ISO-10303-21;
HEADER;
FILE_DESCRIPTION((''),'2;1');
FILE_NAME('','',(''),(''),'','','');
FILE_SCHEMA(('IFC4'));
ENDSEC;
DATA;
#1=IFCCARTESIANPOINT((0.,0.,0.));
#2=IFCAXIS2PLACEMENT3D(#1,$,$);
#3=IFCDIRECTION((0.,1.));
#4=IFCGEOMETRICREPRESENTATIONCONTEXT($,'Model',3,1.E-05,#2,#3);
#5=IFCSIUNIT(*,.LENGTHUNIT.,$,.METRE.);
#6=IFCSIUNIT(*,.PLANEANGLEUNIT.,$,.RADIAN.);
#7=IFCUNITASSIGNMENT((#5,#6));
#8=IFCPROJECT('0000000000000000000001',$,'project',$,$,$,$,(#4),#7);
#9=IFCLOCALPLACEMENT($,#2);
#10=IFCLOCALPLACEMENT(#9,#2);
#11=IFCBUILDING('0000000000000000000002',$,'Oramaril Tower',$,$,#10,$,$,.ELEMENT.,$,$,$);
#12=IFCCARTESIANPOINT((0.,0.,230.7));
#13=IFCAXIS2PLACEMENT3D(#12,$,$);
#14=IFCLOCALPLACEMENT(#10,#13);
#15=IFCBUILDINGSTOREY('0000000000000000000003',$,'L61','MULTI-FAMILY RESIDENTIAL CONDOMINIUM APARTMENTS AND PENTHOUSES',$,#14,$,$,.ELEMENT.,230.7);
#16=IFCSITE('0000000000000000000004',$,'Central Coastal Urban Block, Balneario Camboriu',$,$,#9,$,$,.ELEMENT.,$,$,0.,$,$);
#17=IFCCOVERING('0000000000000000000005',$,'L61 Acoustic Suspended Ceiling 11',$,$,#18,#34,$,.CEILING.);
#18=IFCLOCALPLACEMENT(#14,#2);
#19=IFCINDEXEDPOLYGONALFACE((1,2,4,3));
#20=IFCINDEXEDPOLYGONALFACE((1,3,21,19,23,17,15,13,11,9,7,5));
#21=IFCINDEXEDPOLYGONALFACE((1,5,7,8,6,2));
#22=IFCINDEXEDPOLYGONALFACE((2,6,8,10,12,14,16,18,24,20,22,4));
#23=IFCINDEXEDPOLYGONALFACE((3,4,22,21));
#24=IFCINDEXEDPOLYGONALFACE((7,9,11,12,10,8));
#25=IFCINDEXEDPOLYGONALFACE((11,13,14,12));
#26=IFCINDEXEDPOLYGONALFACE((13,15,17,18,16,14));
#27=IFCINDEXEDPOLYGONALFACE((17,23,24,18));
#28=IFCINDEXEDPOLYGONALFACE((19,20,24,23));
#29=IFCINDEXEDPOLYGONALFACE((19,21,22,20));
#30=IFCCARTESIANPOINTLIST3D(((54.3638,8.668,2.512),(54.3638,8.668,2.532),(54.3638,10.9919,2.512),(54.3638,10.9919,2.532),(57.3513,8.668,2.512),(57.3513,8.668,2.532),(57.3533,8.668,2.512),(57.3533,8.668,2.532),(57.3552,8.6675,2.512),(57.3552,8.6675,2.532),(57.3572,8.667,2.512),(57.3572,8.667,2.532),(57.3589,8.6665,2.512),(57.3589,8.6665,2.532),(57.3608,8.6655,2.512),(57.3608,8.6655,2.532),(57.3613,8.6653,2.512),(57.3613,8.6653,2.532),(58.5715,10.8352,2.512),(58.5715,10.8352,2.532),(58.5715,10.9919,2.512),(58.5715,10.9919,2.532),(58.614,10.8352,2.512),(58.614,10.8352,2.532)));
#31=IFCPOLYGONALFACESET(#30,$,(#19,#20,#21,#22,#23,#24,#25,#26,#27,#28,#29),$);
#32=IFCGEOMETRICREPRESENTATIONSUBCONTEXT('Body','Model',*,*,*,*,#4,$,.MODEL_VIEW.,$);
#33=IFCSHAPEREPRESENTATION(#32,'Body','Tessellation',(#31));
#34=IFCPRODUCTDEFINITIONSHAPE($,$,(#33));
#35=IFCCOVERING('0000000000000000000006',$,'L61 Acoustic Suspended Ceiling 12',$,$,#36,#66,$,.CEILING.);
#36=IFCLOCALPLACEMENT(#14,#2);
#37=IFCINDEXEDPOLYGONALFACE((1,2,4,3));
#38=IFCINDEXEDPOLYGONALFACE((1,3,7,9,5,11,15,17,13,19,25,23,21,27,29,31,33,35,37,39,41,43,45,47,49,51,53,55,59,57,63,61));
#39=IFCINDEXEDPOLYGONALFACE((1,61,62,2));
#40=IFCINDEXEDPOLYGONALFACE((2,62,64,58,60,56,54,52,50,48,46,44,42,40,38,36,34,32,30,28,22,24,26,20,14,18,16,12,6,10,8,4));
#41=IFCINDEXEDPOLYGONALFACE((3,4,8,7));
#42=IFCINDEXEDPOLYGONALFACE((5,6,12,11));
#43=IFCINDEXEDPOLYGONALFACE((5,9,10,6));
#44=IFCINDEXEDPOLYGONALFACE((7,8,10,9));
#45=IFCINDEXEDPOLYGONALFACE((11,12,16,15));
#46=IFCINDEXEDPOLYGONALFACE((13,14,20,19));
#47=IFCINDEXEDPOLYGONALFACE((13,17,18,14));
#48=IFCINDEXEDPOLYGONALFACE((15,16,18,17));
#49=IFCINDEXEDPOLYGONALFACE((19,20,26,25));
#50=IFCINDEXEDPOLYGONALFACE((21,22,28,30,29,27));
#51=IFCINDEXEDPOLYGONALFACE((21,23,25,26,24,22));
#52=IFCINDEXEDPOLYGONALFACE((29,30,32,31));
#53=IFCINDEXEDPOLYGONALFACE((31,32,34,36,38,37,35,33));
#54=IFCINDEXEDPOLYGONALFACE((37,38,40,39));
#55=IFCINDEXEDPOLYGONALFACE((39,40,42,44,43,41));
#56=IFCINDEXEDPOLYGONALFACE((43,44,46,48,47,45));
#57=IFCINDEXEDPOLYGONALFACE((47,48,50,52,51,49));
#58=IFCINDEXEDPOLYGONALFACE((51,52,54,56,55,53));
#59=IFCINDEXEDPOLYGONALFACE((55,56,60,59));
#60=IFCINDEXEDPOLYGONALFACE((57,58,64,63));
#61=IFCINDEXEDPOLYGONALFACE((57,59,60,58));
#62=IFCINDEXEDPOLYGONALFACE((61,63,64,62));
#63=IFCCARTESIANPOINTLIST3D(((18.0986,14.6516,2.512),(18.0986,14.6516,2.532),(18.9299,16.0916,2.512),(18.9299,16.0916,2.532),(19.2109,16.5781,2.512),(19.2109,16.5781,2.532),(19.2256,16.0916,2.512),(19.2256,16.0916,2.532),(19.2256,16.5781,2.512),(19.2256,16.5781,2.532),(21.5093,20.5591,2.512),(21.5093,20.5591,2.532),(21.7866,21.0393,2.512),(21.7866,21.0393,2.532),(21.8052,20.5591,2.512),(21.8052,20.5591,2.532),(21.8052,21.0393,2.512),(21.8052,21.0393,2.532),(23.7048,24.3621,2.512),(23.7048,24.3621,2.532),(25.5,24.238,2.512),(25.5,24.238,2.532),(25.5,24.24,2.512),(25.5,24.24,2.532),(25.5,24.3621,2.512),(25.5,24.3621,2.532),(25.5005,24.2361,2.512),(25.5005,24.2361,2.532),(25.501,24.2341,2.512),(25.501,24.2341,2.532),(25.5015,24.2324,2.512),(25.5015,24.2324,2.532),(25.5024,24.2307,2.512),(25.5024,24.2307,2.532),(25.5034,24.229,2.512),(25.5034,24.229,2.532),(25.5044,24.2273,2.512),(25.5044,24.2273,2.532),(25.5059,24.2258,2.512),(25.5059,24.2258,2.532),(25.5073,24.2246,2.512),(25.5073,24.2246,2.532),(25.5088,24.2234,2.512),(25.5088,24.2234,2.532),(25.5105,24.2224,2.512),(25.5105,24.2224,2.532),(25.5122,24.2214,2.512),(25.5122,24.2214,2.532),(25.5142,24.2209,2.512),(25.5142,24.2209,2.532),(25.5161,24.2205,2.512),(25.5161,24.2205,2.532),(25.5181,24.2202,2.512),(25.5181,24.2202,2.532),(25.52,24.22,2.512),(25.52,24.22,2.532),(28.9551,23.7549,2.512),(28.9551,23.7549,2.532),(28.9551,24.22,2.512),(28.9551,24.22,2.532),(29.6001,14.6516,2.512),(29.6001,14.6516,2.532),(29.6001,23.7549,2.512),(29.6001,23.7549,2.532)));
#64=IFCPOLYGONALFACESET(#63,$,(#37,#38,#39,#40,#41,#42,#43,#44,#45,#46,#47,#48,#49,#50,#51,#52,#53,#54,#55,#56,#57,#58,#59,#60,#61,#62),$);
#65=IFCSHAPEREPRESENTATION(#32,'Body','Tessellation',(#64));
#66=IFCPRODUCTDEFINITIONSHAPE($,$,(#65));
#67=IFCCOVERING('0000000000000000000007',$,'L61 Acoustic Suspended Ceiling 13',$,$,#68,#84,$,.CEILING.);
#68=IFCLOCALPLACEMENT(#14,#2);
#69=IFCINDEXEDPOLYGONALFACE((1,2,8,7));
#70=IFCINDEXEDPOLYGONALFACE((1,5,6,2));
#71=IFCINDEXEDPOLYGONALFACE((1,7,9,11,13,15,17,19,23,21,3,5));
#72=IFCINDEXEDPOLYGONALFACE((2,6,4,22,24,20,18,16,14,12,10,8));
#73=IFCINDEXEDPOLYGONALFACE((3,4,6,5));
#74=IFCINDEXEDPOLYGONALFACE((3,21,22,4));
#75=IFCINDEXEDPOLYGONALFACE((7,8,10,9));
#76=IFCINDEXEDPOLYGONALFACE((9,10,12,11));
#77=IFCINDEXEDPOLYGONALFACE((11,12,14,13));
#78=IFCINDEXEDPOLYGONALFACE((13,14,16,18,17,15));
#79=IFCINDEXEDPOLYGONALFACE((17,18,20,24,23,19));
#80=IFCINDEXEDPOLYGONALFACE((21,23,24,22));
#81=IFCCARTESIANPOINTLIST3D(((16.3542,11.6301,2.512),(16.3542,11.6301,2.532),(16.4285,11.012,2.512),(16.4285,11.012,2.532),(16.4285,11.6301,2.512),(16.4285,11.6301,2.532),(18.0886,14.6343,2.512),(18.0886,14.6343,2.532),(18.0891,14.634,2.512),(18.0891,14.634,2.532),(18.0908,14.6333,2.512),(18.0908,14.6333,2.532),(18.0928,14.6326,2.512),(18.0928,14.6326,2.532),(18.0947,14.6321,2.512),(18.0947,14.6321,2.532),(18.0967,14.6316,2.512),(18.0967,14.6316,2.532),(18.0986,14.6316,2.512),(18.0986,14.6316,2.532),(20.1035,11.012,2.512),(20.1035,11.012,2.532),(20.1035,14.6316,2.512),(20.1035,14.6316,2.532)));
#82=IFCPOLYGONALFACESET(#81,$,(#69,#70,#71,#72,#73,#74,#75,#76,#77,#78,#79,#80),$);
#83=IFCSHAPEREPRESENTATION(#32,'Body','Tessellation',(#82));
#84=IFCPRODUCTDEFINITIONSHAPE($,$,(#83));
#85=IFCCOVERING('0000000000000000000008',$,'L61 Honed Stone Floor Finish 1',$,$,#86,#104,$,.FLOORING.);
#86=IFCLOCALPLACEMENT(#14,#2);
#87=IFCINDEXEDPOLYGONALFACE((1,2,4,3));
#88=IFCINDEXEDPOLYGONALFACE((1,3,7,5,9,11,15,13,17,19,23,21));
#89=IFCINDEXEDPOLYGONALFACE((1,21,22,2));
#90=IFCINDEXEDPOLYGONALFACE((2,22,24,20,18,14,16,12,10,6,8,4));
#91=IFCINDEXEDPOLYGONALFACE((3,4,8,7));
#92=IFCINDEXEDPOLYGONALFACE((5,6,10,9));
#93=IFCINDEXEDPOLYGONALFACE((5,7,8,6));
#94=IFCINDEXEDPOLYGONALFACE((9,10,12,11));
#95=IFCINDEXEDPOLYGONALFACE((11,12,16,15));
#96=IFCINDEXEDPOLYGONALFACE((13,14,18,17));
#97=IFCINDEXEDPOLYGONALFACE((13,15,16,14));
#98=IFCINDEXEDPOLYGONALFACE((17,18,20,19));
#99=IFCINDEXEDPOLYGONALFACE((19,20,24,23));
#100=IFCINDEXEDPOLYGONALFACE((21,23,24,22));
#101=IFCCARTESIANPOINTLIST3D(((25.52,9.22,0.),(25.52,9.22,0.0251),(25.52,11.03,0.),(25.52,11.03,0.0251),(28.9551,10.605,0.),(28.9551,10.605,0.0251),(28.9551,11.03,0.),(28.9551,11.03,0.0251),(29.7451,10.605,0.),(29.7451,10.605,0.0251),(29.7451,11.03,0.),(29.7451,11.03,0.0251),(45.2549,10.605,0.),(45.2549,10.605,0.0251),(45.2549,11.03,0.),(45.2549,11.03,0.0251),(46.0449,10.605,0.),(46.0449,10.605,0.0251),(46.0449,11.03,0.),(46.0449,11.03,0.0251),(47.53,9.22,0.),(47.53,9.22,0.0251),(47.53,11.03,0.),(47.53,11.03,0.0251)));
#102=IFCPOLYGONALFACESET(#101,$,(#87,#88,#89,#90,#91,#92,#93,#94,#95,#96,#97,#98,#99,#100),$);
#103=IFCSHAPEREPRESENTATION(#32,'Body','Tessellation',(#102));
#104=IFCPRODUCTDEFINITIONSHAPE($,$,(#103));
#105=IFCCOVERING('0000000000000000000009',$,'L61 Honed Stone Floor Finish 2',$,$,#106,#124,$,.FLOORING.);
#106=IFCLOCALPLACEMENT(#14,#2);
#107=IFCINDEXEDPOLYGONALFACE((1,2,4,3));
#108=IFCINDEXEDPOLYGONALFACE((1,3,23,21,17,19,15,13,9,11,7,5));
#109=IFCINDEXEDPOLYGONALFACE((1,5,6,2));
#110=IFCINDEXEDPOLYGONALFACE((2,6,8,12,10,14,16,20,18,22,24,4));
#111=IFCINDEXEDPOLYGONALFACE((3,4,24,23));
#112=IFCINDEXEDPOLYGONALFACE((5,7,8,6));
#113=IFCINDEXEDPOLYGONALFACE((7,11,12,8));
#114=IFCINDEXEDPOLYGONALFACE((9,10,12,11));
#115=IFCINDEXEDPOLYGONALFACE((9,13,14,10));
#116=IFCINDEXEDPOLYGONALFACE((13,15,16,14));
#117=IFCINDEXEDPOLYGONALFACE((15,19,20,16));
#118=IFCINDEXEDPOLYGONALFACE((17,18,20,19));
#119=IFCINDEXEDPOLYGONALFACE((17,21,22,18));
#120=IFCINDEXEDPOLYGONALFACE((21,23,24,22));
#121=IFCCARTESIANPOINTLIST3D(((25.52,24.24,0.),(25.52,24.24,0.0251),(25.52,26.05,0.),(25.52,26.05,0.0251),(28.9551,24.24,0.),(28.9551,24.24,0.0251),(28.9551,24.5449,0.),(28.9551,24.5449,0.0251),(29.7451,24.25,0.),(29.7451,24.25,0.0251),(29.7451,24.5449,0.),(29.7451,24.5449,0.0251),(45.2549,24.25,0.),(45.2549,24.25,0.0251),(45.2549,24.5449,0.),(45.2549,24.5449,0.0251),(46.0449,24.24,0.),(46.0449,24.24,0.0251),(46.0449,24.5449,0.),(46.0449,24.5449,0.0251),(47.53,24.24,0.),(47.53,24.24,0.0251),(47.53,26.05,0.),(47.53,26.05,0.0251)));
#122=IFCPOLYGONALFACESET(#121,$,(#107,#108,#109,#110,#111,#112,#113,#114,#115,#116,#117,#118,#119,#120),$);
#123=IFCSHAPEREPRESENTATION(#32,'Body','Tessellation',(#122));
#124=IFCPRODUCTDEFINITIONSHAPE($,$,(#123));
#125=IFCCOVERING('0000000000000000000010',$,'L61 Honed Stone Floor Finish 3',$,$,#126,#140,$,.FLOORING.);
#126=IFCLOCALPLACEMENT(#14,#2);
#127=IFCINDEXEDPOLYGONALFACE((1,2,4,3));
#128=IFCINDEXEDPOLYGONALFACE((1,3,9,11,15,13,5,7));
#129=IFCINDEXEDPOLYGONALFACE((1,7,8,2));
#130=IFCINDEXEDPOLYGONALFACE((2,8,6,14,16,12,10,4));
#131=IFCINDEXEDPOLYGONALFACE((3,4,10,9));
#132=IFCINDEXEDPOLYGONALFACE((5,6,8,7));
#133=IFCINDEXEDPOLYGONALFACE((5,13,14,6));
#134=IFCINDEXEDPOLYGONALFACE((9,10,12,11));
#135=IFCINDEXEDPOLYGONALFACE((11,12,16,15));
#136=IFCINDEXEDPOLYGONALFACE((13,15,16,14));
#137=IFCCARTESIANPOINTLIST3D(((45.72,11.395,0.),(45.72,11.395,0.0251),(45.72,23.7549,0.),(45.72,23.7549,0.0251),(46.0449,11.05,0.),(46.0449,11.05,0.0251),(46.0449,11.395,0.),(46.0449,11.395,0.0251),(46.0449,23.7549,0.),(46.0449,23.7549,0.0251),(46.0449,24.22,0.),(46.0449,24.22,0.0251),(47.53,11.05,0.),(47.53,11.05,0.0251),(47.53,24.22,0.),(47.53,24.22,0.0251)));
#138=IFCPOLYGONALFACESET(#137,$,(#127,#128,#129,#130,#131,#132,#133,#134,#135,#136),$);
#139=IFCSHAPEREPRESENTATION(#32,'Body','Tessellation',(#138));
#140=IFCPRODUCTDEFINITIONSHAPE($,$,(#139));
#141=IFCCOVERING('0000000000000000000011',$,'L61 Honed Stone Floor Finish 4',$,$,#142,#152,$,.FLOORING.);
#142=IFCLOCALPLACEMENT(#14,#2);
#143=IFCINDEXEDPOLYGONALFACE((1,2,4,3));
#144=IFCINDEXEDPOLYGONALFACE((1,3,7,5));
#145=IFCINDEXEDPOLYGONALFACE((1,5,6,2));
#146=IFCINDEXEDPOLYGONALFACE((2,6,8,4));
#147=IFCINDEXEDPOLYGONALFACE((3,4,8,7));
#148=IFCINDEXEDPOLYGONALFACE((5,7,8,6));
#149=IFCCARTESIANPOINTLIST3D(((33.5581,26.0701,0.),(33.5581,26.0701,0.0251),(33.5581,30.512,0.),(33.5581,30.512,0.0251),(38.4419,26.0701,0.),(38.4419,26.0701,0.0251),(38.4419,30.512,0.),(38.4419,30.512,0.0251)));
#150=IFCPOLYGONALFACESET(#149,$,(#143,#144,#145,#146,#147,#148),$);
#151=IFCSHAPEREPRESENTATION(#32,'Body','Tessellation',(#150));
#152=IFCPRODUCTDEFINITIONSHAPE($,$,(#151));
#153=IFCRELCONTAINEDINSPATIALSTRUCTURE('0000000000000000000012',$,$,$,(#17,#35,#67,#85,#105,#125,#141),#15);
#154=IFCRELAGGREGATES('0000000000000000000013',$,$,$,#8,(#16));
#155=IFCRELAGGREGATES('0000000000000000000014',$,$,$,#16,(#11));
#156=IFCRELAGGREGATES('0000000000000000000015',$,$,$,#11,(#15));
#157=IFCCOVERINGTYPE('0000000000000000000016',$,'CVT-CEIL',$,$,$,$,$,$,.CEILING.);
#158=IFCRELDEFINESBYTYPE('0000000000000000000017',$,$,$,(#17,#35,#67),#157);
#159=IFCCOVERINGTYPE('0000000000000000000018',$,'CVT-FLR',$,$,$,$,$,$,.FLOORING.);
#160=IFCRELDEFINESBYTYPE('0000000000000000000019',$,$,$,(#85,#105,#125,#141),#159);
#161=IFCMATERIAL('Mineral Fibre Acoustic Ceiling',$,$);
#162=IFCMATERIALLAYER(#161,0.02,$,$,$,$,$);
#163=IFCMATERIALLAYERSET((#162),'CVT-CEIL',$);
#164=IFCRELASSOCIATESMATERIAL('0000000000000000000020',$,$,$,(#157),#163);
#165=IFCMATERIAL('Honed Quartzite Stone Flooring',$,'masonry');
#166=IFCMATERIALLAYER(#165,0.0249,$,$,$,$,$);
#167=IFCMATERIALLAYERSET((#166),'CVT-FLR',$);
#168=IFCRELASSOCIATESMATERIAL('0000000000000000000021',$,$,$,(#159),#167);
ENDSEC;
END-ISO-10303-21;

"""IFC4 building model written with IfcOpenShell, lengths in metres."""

from ifc_helpers import new_model, si_unit, direction, frame, origin, place, context, subcontext, project, spatial, polyline, outline, extrude, material, layer, layer_set, type_object, element, save


model = new_model("IFC4")

# Units and contexts
model_context = context("Model", 3, precision=1e-05, world=origin(), true_north=direction((0.0, 1.0)))
body_context = subcontext(model_context, "Body", "Model", "MODEL_VIEW")
ifc_project = project(units=[si_unit("LENGTHUNIT", "METRE"), si_unit("PLANEANGLEUNIT", "RADIAN")], contexts=[model_context])

# Site, building, storey
site_placement = place(None, origin())
site = spatial("IfcSite", under=ifc_project, at=site_placement, Name="Central Coastal Urban Block, Balneario Camboriu", CompositionType="ELEMENT", RefElevation=0.0)
building_placement = place(site_placement, origin())
building = spatial("IfcBuilding", under=site, at=building_placement, Name="Oramaril Tower", CompositionType="ELEMENT")
storey_placement = place(building_placement, frame((0.0, 0.0, 230.7)))
storey = spatial("IfcBuildingStorey", under=building, at=storey_placement, Name="L61", Description="MULTI-FAMILY RESIDENTIAL CONDOMINIUM APARTMENTS AND PENTHOUSES", CompositionType="ELEMENT", Elevation=230.7)

# Coverings
ifc_material_1 = material(Name="Mineral Fibre Acoustic Ceiling")
ifc_layer_1 = layer(ifc_material_1, 0.02)
ifc_layer_set_1 = layer_set([ifc_layer_1], Name="CVT-CEIL")
covering_type_1 = type_object("IfcCoveringType", Name="CVT-CEIL", PredefinedType="CEILING", material=ifc_layer_set_1)
covering_1_placement = place(storey_placement, frame((0.0, 0.0, 2.512)))
element("IfcCovering", 1, at=covering_1_placement, inside=storey, type_object=covering_type_1, Name="L61 Acoustic Suspended Ceiling 11", PredefinedType="CEILING", context=body_context, shape_type="SweptSolid", body=[
    extrude(outline(polyline([(58.5715, 10.8352), (58.614, 10.8352), (57.3613, 8.6653), (57.3608, 8.6655), (57.3589, 8.6665), (57.3572, 8.667), (57.3552, 8.6675), (57.3533, 8.668), (57.3513, 8.668), (54.3638, 8.668), (54.3638, 10.9919), (58.5715, 10.9919), (58.5715, 10.8352)])), origin(), (0.0, 0.0, 1.0), 0.02),
])
covering_2_placement = place(storey_placement, frame((0.0, 0.0, 2.512)))
element("IfcCovering", 2, at=covering_2_placement, inside=storey, type_object=covering_type_1, Name="L61 Acoustic Suspended Ceiling 12", PredefinedType="CEILING", context=body_context, shape_type="SweptSolid", body=[
    extrude(outline(polyline([(28.9551, 23.7549), (29.6001, 23.7549), (29.6001, 14.6516), (18.0986, 14.6516), (18.9299, 16.0916), (19.2256, 16.0916), (19.2256, 16.5781), (19.2109, 16.5781), (21.5093, 20.5591), (21.8052, 20.5591), (21.8052, 21.0393), (21.7866, 21.0393), (23.7048, 24.3621), (25.5, 24.3621), (25.5, 24.24), (25.5, 24.238), (25.5005, 24.2361), (25.501, 24.2341), (25.5015, 24.2324), (25.5024, 24.2307), (25.5034, 24.229), (25.5044, 24.2273), (25.5059, 24.2258), (25.5073, 24.2246), (25.5088, 24.2234), (25.5105, 24.2224), (25.5122, 24.2214), (25.5142, 24.2209), (25.5161, 24.2205), (25.5181, 24.2202), (25.52, 24.22), (28.9551, 24.22), (28.9551, 23.7549)])), origin(), (0.0, 0.0, 1.0), 0.02),
])
covering_3_placement = place(storey_placement, frame((0.0, 0.0, 2.512)))
element("IfcCovering", 3, at=covering_3_placement, inside=storey, type_object=covering_type_1, Name="L61 Acoustic Suspended Ceiling 13", PredefinedType="CEILING", context=body_context, shape_type="SweptSolid", body=[
    extrude(outline(polyline([(16.4285, 11.6301), (16.3542, 11.6301), (18.0886, 14.6343), (18.0891, 14.634), (18.0908, 14.6333), (18.0928, 14.6326), (18.0947, 14.6321), (18.0967, 14.6316), (18.0986, 14.6316), (20.1035, 14.6316), (20.1035, 11.012), (16.4285, 11.012), (16.4285, 11.6301)])), origin(), (0.0, 0.0, 1.0), 0.02),
])
ifc_material_2 = material(Name="Honed Quartzite Stone Flooring", Category="masonry")
ifc_layer_2 = layer(ifc_material_2, 0.0249)
ifc_layer_set_2 = layer_set([ifc_layer_2], Name="CVT-FLR")
covering_type_2 = type_object("IfcCoveringType", Name="CVT-FLR", PredefinedType="FLOORING", material=ifc_layer_set_2)
covering_4_placement = place(storey_placement, origin())
element("IfcCovering", 4, at=covering_4_placement, inside=storey, type_object=covering_type_2, Name="L61 Honed Stone Floor Finish 1", PredefinedType="FLOORING", context=body_context, shape_type="SweptSolid", body=[
    extrude(outline(polyline([(28.9551, 10.605), (29.7451, 10.605), (29.7451, 11.03), (45.2549, 11.03), (45.2549, 10.605), (46.0449, 10.605), (46.0449, 11.03), (47.53, 11.03), (47.53, 9.22), (25.52, 9.22), (25.52, 11.03), (28.9551, 11.03), (28.9551, 10.605)])), origin(), (0.0, 0.0, 1.0), 0.0251),
])
covering_5_placement = place(storey_placement, origin())
element("IfcCovering", 5, at=covering_5_placement, inside=storey, type_object=covering_type_2, Name="L61 Honed Stone Floor Finish 2", PredefinedType="FLOORING", context=body_context, shape_type="SweptSolid", body=[
    extrude(outline(polyline([(47.53, 24.24), (46.0449, 24.24), (46.0449, 24.5449), (45.2549, 24.5449), (45.2549, 24.25), (29.7451, 24.25), (29.7451, 24.5449), (28.9551, 24.5449), (28.9551, 24.24), (25.52, 24.24), (25.52, 26.05), (47.53, 26.05), (47.53, 24.24)])), origin(), (0.0, 0.0, 1.0), 0.0251),
])
covering_6_placement = place(storey_placement, origin())
element("IfcCovering", 6, at=covering_6_placement, inside=storey, type_object=covering_type_2, Name="L61 Honed Stone Floor Finish 3", PredefinedType="FLOORING", context=body_context, shape_type="SweptSolid", body=[
    extrude(outline(polyline([(47.53, 11.05), (46.0449, 11.05), (46.0449, 11.395), (45.72, 11.395), (45.72, 23.7549), (46.0449, 23.7549), (46.0449, 24.22), (47.53, 24.22), (47.53, 11.05)])), origin(), (0.0, 0.0, 1.0), 0.0251),
])
covering_7_placement = place(storey_placement, origin())
element("IfcCovering", 7, at=covering_7_placement, inside=storey, type_object=covering_type_2, Name="L61 Honed Stone Floor Finish 4", PredefinedType="FLOORING", context=body_context, shape_type="SweptSolid", body=[
    extrude(outline(polyline([(38.4419, 30.512), (38.4419, 26.0701), (33.5581, 26.0701), (33.5581, 30.512), (38.4419, 30.512)])), origin(), (0.0, 0.0, 1.0), 0.0251),
])

save(model, "model.ifc")
